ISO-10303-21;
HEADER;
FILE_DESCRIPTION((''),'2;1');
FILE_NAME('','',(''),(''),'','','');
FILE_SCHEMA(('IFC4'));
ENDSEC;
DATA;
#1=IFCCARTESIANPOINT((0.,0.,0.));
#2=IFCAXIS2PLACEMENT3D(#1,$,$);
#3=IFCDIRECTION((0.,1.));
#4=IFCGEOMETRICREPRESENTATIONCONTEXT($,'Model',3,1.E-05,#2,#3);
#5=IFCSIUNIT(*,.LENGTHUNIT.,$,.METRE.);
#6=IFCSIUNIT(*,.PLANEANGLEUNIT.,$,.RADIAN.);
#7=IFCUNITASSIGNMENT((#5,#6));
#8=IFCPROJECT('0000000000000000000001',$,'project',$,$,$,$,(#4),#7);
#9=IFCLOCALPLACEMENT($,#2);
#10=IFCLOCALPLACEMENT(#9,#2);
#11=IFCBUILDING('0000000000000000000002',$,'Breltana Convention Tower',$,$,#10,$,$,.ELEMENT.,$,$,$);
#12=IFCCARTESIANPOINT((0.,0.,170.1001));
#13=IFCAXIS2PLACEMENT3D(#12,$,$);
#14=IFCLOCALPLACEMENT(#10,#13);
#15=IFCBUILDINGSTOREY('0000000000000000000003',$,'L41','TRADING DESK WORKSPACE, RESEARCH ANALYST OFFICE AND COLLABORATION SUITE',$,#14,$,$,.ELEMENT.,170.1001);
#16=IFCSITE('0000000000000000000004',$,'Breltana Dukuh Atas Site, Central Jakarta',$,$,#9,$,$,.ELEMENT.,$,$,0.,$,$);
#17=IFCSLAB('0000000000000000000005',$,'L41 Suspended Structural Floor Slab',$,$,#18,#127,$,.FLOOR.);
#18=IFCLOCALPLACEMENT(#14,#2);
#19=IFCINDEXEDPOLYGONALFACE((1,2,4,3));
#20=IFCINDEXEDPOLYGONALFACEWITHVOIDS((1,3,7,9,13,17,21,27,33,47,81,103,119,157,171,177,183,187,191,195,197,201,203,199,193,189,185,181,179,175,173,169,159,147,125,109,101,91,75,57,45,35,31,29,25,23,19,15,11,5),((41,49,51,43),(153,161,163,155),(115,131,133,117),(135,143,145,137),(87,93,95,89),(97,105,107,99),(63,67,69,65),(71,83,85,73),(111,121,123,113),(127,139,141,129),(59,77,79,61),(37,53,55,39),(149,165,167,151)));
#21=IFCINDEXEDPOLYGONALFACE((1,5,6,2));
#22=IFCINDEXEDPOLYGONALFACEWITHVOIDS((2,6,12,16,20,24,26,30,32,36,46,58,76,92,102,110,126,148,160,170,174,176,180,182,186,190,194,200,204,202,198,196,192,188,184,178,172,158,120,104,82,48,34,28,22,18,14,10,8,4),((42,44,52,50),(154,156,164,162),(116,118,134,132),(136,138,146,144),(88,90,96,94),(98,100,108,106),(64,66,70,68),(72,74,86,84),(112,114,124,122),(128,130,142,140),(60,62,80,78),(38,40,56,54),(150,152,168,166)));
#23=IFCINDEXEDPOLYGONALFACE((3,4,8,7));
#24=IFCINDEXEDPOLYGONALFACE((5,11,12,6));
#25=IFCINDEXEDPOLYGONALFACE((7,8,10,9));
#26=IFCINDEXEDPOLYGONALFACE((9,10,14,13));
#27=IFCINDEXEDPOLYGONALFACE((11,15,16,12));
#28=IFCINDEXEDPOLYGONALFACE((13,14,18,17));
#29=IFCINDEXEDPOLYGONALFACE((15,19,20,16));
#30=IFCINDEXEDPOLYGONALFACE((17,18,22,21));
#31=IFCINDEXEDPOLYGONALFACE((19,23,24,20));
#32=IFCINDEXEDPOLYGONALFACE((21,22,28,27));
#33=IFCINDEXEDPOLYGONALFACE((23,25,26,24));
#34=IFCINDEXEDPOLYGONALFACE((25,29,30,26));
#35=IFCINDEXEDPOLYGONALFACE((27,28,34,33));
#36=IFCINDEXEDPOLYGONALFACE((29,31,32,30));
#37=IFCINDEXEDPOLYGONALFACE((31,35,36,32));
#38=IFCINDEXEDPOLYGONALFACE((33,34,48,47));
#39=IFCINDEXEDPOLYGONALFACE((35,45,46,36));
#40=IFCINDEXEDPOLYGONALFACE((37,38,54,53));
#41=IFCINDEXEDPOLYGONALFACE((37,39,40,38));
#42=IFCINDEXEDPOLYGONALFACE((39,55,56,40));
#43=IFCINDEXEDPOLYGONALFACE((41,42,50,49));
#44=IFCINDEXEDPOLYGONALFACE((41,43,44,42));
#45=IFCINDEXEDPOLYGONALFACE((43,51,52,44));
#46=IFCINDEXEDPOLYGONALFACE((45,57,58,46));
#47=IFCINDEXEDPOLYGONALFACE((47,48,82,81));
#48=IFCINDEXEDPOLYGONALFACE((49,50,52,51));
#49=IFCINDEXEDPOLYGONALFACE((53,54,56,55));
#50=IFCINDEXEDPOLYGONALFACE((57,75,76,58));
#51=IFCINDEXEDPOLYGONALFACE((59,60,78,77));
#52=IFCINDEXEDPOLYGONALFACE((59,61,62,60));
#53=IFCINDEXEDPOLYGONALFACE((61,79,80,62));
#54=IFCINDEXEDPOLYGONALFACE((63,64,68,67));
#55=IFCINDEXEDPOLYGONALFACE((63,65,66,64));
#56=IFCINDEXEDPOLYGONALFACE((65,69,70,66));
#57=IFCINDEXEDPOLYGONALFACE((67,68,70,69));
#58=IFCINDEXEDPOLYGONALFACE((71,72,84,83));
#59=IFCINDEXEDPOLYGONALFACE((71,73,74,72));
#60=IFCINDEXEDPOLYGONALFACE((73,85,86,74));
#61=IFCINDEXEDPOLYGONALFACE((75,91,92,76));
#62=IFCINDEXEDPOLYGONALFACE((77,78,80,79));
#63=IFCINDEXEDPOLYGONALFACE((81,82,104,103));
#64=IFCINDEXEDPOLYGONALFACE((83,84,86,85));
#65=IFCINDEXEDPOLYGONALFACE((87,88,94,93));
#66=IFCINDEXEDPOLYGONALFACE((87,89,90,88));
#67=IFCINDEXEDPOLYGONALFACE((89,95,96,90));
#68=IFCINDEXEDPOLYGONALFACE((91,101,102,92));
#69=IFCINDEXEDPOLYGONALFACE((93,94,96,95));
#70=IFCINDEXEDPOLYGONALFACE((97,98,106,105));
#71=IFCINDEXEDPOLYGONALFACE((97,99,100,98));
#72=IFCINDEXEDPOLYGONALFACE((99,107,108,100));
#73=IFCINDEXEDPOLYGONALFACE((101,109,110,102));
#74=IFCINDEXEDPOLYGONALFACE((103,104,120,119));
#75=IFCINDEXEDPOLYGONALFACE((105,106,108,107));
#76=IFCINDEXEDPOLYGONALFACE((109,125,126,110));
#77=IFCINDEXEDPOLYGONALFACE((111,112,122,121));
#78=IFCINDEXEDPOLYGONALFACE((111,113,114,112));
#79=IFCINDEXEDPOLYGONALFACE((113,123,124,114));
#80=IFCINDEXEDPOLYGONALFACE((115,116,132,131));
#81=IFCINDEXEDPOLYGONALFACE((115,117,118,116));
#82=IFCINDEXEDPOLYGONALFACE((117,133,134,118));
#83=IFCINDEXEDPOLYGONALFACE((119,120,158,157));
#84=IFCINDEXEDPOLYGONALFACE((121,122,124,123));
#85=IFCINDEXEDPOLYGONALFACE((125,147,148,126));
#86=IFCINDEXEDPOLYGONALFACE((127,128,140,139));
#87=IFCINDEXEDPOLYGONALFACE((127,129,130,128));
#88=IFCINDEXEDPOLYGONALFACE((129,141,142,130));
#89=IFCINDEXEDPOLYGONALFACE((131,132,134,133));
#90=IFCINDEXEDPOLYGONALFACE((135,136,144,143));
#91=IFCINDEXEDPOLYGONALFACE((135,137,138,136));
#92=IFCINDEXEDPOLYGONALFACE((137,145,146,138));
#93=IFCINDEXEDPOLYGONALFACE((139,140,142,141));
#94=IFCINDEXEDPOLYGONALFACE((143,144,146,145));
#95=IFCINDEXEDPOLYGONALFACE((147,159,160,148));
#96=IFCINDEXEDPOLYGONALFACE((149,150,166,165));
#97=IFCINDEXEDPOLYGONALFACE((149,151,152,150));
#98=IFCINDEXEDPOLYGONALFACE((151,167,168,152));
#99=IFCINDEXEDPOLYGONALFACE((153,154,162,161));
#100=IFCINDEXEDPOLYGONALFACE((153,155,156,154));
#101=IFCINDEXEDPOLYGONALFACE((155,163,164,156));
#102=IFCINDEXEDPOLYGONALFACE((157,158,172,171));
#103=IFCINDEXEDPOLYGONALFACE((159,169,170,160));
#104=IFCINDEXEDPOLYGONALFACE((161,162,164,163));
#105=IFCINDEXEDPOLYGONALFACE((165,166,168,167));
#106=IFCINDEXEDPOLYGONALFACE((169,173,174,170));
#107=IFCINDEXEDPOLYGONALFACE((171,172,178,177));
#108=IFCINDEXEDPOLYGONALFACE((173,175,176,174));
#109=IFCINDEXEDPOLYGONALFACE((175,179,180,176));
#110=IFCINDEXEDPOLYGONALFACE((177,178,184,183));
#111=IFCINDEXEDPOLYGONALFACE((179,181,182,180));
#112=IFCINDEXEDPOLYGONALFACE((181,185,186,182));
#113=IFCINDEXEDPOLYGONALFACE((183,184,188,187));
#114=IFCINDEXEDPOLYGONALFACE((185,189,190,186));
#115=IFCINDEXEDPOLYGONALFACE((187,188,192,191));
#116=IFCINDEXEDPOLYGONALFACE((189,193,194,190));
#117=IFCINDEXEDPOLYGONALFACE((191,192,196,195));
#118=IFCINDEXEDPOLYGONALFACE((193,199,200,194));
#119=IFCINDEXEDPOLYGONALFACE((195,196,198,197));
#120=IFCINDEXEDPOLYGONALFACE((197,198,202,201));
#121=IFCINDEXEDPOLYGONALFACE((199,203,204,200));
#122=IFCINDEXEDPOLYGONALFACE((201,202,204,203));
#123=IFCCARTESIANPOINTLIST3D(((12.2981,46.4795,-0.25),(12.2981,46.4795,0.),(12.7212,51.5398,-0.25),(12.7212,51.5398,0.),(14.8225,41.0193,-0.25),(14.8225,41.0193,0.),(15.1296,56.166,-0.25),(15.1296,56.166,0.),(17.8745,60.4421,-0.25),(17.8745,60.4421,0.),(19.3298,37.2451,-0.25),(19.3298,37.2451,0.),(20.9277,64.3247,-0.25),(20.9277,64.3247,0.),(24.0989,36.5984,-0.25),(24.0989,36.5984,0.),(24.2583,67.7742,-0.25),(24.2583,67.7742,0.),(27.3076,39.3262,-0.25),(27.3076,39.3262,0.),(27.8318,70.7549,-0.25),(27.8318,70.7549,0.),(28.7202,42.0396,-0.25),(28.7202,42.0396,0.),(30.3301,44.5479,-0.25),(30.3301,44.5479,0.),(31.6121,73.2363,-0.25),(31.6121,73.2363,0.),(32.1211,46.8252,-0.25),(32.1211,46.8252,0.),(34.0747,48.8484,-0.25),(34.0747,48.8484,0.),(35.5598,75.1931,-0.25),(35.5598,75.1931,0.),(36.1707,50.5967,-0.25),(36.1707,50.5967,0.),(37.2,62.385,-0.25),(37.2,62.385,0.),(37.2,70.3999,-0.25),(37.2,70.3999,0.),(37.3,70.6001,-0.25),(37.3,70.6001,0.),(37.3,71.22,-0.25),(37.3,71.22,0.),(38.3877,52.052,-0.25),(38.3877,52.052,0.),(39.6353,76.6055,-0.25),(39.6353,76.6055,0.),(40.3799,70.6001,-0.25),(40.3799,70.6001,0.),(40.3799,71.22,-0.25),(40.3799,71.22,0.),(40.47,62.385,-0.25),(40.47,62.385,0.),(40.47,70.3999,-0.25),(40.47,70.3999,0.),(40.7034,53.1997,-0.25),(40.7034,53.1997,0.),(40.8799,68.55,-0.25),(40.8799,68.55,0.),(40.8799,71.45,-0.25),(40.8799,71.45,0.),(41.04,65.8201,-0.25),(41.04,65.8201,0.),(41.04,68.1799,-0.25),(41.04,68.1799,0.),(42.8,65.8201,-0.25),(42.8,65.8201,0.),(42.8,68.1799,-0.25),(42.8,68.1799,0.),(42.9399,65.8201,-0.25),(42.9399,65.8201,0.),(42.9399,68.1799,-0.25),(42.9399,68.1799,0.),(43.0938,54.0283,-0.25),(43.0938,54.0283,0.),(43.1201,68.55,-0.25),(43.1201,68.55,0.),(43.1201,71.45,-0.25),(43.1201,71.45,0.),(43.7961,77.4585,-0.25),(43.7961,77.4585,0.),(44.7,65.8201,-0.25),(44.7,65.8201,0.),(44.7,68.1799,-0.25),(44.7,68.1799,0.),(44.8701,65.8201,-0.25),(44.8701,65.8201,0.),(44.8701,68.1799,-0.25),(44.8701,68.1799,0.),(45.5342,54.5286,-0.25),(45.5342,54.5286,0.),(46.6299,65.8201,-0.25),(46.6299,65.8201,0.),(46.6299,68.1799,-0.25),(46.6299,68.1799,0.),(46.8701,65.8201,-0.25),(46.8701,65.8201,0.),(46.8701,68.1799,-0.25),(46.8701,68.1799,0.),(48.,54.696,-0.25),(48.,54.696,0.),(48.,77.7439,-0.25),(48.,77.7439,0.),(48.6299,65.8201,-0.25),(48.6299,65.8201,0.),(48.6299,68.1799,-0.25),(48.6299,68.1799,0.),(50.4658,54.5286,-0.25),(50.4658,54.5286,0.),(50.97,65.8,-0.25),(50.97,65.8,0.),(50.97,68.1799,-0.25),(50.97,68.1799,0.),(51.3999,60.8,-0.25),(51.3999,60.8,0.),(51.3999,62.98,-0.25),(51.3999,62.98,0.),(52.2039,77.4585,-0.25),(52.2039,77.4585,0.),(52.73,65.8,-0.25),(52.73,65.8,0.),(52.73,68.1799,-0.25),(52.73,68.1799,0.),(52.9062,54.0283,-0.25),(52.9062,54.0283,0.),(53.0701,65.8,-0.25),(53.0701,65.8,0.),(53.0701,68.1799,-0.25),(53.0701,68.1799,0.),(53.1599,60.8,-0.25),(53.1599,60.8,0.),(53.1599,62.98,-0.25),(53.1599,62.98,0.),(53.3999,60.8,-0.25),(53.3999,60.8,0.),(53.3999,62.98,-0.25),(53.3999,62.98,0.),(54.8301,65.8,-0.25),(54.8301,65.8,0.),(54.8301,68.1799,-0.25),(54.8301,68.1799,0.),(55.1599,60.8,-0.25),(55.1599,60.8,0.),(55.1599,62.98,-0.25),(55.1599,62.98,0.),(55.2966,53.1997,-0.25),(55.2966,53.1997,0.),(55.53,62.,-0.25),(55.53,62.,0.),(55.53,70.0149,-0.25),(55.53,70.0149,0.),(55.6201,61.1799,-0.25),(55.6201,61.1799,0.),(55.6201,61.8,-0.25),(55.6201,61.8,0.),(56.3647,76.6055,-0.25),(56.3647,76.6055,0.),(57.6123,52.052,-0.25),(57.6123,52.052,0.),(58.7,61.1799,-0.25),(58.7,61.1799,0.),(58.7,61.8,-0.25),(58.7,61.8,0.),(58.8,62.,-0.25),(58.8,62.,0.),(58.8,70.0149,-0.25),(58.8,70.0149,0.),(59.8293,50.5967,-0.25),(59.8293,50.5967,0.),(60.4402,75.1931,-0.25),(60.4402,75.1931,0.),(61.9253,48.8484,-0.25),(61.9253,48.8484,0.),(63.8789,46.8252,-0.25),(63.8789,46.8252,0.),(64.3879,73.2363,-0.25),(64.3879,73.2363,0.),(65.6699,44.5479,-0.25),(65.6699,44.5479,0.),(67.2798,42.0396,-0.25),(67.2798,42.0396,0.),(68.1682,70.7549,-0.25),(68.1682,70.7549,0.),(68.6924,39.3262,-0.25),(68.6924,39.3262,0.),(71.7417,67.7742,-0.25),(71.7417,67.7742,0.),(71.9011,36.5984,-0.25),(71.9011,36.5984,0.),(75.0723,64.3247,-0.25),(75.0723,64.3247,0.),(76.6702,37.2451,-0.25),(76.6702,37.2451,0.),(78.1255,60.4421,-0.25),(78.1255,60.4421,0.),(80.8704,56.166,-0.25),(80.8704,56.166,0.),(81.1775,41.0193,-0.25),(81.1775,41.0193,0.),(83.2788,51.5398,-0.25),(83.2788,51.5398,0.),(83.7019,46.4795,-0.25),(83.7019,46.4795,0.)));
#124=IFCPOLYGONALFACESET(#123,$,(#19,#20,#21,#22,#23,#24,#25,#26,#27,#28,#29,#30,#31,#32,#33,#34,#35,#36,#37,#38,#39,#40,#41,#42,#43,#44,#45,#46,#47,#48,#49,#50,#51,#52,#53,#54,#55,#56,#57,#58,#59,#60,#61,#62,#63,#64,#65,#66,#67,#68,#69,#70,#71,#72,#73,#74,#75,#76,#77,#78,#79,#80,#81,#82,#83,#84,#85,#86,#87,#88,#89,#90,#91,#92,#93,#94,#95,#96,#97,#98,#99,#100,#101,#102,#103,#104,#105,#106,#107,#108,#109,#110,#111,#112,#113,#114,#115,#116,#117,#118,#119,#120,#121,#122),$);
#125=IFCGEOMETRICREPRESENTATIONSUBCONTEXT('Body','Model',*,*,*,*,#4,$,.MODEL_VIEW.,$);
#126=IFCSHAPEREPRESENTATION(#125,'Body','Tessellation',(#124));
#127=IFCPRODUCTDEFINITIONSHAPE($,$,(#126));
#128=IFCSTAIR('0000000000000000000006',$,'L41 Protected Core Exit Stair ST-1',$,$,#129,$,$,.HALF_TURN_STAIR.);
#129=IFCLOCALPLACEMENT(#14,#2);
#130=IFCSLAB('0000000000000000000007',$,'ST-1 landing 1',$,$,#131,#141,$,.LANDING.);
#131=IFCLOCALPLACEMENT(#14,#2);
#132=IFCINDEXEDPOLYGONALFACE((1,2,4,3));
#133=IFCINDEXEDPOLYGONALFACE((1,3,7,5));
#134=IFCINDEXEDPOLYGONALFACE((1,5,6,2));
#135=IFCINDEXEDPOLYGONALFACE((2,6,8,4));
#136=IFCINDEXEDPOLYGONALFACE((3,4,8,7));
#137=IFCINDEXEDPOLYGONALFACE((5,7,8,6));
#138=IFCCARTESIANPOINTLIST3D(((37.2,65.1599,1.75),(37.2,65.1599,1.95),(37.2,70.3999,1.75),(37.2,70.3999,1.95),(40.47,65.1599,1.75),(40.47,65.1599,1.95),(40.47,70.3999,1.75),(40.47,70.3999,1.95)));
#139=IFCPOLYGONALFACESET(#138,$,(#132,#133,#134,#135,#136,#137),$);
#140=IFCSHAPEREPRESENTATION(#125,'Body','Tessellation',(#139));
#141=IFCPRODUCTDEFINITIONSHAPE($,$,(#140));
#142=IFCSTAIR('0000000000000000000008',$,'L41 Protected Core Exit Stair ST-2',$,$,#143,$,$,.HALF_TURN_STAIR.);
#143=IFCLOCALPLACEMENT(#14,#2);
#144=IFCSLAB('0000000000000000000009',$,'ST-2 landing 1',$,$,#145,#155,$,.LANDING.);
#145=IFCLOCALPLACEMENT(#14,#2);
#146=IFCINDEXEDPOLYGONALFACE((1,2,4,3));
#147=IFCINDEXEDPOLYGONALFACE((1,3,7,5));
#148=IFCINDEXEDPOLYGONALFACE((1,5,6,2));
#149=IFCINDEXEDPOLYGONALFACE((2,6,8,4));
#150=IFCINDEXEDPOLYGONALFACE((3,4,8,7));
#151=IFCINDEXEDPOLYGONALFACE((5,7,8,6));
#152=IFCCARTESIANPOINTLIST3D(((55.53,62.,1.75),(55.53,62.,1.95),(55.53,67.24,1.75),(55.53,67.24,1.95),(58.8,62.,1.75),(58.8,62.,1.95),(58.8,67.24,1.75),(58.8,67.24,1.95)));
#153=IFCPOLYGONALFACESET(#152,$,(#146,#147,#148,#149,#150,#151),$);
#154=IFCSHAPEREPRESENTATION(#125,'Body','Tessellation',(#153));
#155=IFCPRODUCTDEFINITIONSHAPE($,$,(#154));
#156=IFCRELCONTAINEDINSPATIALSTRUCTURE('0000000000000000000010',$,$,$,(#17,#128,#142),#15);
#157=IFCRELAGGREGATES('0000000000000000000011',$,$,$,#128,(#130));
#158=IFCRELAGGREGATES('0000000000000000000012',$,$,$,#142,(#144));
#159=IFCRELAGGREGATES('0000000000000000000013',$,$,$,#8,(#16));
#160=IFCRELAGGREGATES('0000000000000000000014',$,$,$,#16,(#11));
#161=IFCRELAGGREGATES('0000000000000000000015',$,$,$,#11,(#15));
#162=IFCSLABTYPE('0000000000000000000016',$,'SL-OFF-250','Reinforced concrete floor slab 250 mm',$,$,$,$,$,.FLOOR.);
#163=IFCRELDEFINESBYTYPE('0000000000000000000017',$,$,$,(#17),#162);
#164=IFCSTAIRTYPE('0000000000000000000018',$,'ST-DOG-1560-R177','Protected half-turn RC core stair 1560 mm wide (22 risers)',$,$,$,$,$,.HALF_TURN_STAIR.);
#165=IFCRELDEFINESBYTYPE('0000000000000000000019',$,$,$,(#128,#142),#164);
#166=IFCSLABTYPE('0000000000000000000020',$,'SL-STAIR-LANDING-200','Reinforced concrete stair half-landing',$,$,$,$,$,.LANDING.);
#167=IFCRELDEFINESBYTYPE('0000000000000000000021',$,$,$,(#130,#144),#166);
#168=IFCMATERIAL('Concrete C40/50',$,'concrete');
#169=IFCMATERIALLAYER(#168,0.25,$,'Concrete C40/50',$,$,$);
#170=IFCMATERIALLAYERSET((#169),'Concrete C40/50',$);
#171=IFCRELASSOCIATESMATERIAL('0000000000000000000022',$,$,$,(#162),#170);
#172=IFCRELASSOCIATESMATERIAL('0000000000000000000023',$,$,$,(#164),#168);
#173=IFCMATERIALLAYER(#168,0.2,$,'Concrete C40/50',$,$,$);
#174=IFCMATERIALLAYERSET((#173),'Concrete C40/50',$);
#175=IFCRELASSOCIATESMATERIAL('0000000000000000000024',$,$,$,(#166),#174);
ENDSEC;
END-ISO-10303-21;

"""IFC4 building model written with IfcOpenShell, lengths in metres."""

from ifc_helpers import new_model, si_unit, direction, frame, origin, place, context, subcontext, project, spatial, polyline, outline, extrude, material, layer, layer_set, type_object, element, aggregate, save


model = new_model("IFC4")

# Units and contexts
model_context = context("Model", 3, precision=1e-05, world=origin(), true_north=direction((0.0, 1.0)))
body_context = subcontext(model_context, "Body", "Model", "MODEL_VIEW")
ifc_project = project(units=[si_unit("LENGTHUNIT", "METRE"), si_unit("PLANEANGLEUNIT", "RADIAN")], contexts=[model_context])

# Site, building, storey
site_placement = place(None, origin())
site = spatial("IfcSite", under=ifc_project, at=site_placement, Name="Breltana Dukuh Atas Site, Central Jakarta", CompositionType="ELEMENT", RefElevation=0.0)
building_placement = place(site_placement, origin())
building = spatial("IfcBuilding", under=site, at=building_placement, Name="Breltana Convention Tower", CompositionType="ELEMENT")
storey_placement = place(building_placement, frame((0.0, 0.0, 170.1001)))
storey = spatial("IfcBuildingStorey", under=building, at=storey_placement, Name="L41", Description="TRADING DESK WORKSPACE, RESEARCH ANALYST OFFICE AND COLLABORATION SUITE", CompositionType="ELEMENT", Elevation=170.1001)

# Slab
ifc_material_1 = material(Name="Concrete C40/50", Category="concrete")
ifc_layer_1 = layer(ifc_material_1, 0.25, Name="Concrete C40/50")
ifc_layer_set_1 = layer_set([ifc_layer_1], Name="Concrete C40/50")
slab_type_1 = type_object("IfcSlabType", Name="SL-OFF-250", Description="Reinforced concrete floor slab 250 mm", PredefinedType="FLOOR", material=ifc_layer_set_1)
slab_1_placement = place(storey_placement, frame((0.0, 0.0, -0.25)))
element("IfcSlab", 1, at=slab_1_placement, inside=storey, type_object=slab_type_1, Name="L41 Suspended Structural Floor Slab", PredefinedType="FLOOR", context=body_context, shape_type="SweptSolid", body=[
    extrude(outline(polyline([(83.2788, 51.5398), (80.8704, 56.166), (78.1255, 60.4421), (75.0723, 64.3247), (71.7417, 67.7742), (68.1682, 70.7549), (64.3879, 73.2363), (60.4402, 75.1931), (56.3647, 76.6055), (52.2039, 77.4585), (48.0, 77.7439), (43.7961, 77.4585), (39.6353, 76.6055), (35.5598, 75.1931), (31.6121, 73.2363), (27.8318, 70.7549), (24.2583, 67.7742), (20.9277, 64.3247), (17.8745, 60.4421), (15.1296, 56.166), (12.7212, 51.5398), (12.2981, 46.4795), (14.8225, 41.0193), (19.3298, 37.2451), (24.0989, 36.5984), (27.3076, 39.3262), (28.7202, 42.0396), (30.3301, 44.5479), (32.1211, 46.8252), (34.0747, 48.8484), (36.1707, 50.5967), (38.3877, 52.052), (40.7034, 53.1997), (43.0938, 54.0283), (45.5342, 54.5286), (48.0, 54.696), (50.4658, 54.5286), (52.9062, 54.0283), (55.2966, 53.1997), (57.6123, 52.052), (59.8293, 50.5967), (61.9253, 48.8484), (63.8789, 46.8252), (65.6699, 44.5479), (67.2798, 42.0396), (68.6924, 39.3262), (71.9011, 36.5984), (76.6702, 37.2451), (81.1775, 41.0193), (83.7019, 46.4795), (83.2788, 51.5398)]), holes=[polyline([(37.2, 62.385), (40.47, 62.385), (40.47, 70.3999), (37.2, 70.3999), (37.2, 62.385)]), polyline([(55.53, 62.0), (58.8, 62.0), (58.8, 70.0149), (55.53, 70.0149), (55.53, 62.0)]), polyline([(51.3999, 60.8), (53.1599, 60.8), (53.1599, 62.98), (51.3999, 62.98), (51.3999, 60.8)]), polyline([(53.3999, 60.8), (55.1599, 60.8), (55.1599, 62.98), (53.3999, 62.98), (53.3999, 60.8)]), polyline([(41.04, 65.8201), (42.8, 65.8201), (42.8, 68.1799), (41.04, 68.1799), (41.04, 65.8201)]), polyline([(42.9399, 65.8201), (44.7, 65.8201), (44.7, 68.1799), (42.9399, 68.1799), (42.9399, 65.8201)]), polyline([(44.8701, 65.8201), (46.6299, 65.8201), (46.6299, 68.1799), (44.8701, 68.1799), (44.8701, 65.8201)]), polyline([(46.8701, 65.8201), (48.6299, 65.8201), (48.6299, 68.1799), (46.8701, 68.1799), (46.8701, 65.8201)]), polyline([(50.97, 65.8), (52.73, 65.8), (52.73, 68.1799), (50.97, 68.1799), (50.97, 65.8)]), polyline([(53.0701, 65.8), (54.8301, 65.8), (54.8301, 68.1799), (53.0701, 68.1799), (53.0701, 65.8)]), polyline([(40.8799, 68.55), (43.1201, 68.55), (43.1201, 71.45), (40.8799, 71.45), (40.8799, 68.55)]), polyline([(37.3, 70.6001), (40.3799, 70.6001), (40.3799, 71.22), (37.3, 71.22), (37.3, 70.6001)]), polyline([(55.6201, 61.1799), (58.7, 61.1799), (58.7, 61.8), (55.6201, 61.8), (55.6201, 61.1799)])]), origin(), (0.0, 0.0, 1.0), 0.25),
])

# Stairs, slabs
stair_type = type_object("IfcStairType", Name="ST-DOG-1560-R177", Description="Protected half-turn RC core stair 1560 mm wide (22 risers)", PredefinedType="HALF_TURN_STAIR", material=ifc_material_1)
stair_1_placement = place(storey_placement, origin())
stair_1 = element("IfcStair", 2, at=stair_1_placement, inside=storey, type_object=stair_type, Name="L41 Protected Core Exit Stair ST-1", PredefinedType="HALF_TURN_STAIR")
ifc_layer_2 = layer(ifc_material_1, 0.2, Name="Concrete C40/50")
ifc_layer_set_2 = layer_set([ifc_layer_2], Name="Concrete C40/50")
slab_type_2 = type_object("IfcSlabType", Name="SL-STAIR-LANDING-200", Description="Reinforced concrete stair half-landing", PredefinedType="LANDING", material=ifc_layer_set_2)
slab_2_placement = place(storey_placement, frame((0.0, 0.0, 1.75)))
slab_2 = element("IfcSlab", 3, at=slab_2_placement, type_object=slab_type_2, Name="ST-1 landing 1", PredefinedType="LANDING", context=body_context, shape_type="SweptSolid", body=[
    extrude(outline(polyline([(40.47, 65.1599), (40.47, 70.3999), (37.2, 70.3999), (37.2, 65.1599), (40.47, 65.1599)])), origin(), (0.0, 0.0, 1.0), 0.2),
])
aggregate(stair_1, [slab_2])
stair_2_placement = place(storey_placement, origin())
stair_2 = element("IfcStair", 4, at=stair_2_placement, inside=storey, type_object=stair_type, Name="L41 Protected Core Exit Stair ST-2", PredefinedType="HALF_TURN_STAIR")
slab_3_placement = place(storey_placement, frame((0.0, 0.0, 1.75)))
slab_3 = element("IfcSlab", 5, at=slab_3_placement, type_object=slab_type_2, Name="ST-2 landing 1", PredefinedType="LANDING", context=body_context, shape_type="SweptSolid", body=[
    extrude(outline(polyline([(55.53, 67.24), (55.53, 62.0), (58.8, 62.0), (58.8, 67.24), (55.53, 67.24)])), origin(), (0.0, 0.0, 1.0), 0.2),
])
aggregate(stair_2, [slab_3])

save(model, "model.ifc")
